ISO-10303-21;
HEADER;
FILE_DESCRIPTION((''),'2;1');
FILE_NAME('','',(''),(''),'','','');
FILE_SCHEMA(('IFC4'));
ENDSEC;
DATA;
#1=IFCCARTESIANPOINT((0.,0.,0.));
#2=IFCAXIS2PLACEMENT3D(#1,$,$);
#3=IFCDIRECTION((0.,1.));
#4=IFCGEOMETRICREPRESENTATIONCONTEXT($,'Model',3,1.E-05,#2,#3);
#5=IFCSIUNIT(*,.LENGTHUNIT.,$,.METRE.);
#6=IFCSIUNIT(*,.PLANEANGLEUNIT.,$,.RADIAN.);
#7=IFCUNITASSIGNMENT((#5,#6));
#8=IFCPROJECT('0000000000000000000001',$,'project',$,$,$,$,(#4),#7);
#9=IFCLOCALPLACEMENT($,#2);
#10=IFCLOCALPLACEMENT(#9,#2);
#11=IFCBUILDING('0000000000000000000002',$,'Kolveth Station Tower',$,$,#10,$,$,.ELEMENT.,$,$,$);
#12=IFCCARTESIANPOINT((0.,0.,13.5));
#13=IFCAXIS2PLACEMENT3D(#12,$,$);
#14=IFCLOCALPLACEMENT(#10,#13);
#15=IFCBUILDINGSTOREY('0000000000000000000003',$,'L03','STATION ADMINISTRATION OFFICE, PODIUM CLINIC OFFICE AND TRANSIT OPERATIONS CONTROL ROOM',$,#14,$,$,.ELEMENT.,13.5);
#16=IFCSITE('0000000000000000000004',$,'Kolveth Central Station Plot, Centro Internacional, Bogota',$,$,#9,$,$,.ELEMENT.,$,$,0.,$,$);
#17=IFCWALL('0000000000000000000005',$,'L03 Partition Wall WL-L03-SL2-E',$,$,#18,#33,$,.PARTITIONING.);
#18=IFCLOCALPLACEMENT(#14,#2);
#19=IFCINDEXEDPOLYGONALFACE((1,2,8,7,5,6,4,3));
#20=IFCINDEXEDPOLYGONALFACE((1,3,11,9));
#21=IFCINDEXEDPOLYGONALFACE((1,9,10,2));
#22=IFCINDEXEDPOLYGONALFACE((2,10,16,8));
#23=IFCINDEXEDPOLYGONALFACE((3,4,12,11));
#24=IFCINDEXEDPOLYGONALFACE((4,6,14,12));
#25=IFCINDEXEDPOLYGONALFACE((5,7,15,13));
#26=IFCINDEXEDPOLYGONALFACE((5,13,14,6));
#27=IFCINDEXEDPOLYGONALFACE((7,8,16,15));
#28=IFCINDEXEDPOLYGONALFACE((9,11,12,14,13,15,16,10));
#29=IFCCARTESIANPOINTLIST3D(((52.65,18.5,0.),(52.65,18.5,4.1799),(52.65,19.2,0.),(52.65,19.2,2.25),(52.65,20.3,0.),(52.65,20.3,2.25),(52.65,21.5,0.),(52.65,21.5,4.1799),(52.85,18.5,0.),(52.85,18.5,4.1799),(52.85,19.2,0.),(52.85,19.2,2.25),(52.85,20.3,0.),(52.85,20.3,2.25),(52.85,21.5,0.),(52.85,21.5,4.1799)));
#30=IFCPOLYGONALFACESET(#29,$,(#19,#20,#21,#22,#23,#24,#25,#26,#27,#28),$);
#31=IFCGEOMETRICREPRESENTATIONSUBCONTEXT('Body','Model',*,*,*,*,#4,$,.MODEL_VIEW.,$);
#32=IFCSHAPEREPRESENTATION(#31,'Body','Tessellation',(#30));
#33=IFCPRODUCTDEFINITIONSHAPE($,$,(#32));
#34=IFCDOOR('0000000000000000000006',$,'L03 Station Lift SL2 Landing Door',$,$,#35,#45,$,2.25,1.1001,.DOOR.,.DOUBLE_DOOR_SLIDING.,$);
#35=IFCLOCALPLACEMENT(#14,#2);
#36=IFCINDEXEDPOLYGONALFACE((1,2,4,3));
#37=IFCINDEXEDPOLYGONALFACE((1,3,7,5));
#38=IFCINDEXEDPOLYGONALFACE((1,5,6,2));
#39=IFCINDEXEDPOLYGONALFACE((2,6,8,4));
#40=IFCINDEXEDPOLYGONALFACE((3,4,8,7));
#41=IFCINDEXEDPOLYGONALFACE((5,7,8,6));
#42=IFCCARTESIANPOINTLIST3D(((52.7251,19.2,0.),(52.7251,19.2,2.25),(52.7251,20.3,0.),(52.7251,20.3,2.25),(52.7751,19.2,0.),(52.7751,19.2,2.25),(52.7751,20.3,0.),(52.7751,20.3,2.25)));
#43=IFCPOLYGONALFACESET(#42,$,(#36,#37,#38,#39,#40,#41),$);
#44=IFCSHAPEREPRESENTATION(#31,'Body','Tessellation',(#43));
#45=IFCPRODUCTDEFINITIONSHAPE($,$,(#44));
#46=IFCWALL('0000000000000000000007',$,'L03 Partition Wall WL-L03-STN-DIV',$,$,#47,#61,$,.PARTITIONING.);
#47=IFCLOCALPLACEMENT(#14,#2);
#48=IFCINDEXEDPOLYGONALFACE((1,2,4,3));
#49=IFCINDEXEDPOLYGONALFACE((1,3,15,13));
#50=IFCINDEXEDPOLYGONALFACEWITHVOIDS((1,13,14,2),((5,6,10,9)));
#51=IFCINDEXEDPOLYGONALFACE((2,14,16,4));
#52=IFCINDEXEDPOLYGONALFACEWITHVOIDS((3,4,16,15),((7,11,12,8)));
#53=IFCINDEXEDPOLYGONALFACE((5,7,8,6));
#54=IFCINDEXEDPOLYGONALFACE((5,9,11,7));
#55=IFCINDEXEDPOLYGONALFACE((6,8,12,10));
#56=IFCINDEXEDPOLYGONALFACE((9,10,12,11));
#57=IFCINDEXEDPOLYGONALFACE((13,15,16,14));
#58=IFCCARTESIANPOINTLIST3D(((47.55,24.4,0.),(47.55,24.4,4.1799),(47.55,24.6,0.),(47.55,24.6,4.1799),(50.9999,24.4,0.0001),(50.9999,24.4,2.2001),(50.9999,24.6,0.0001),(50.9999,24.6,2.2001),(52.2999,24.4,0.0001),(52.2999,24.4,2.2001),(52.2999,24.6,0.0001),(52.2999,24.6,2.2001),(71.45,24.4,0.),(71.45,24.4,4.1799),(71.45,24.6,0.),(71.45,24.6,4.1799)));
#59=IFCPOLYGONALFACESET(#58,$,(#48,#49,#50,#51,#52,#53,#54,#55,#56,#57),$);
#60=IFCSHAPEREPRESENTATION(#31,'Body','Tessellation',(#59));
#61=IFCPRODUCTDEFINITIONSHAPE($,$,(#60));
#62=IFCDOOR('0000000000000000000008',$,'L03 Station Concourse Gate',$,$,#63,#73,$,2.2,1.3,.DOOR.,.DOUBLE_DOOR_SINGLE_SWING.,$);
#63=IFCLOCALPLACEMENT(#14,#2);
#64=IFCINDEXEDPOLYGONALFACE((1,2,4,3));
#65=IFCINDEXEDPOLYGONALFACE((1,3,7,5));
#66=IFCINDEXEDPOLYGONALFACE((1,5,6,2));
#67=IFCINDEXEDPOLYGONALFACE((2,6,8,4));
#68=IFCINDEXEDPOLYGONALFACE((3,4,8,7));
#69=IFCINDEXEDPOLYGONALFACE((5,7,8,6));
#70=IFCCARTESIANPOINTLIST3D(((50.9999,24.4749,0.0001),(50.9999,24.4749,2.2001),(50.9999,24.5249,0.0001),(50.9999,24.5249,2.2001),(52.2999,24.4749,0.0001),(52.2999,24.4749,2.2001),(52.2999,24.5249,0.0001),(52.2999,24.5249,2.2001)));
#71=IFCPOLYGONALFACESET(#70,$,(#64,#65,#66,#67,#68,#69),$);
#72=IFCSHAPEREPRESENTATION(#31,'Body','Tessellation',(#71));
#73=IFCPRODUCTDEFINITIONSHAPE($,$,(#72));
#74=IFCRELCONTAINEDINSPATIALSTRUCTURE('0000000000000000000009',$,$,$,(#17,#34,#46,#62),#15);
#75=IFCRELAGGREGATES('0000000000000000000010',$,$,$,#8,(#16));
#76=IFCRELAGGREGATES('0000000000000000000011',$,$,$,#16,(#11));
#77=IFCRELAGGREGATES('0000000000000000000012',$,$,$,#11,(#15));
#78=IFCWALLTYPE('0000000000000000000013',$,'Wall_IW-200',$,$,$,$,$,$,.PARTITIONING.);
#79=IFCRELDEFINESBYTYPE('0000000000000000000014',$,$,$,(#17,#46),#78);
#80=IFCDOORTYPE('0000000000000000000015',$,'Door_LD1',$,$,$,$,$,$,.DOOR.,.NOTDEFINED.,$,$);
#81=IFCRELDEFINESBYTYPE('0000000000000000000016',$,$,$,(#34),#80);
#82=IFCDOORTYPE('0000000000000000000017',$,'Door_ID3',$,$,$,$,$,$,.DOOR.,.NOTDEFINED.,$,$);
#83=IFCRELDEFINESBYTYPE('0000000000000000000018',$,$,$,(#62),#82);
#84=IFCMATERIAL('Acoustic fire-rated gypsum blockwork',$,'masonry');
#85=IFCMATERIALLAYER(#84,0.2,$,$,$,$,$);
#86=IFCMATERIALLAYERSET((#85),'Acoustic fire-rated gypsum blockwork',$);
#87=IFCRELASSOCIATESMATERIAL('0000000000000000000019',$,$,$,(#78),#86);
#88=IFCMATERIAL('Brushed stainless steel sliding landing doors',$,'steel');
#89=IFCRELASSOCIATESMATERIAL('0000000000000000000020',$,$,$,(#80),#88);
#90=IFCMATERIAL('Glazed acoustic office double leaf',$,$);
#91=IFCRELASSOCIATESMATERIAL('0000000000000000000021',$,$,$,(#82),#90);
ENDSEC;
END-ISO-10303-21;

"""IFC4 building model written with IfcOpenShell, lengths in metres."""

from ifc_helpers import new_model, si_unit, direction, frame, frame_2d, origin, place, context, subcontext, project, spatial, rectangle, extrude, material, layer, layer_set, type_object, element, fill, save


model = new_model("IFC4")

# Units and contexts
model_context = context("Model", 3, precision=1e-05, world=origin(), true_north=direction((0.0, 1.0)))
body_context = subcontext(model_context, "Body", "Model", "MODEL_VIEW")
ifc_project = project(units=[si_unit("LENGTHUNIT", "METRE"), si_unit("PLANEANGLEUNIT", "RADIAN")], contexts=[model_context])

# Site, building, storey
site_placement = place(None, origin())
site = spatial("IfcSite", under=ifc_project, at=site_placement, Name="Kolveth Central Station Plot, Centro Internacional, Bogota", CompositionType="ELEMENT", RefElevation=0.0)
building_placement = place(site_placement, origin())
building = spatial("IfcBuilding", under=site, at=building_placement, Name="Kolveth Station Tower", CompositionType="ELEMENT")
storey_placement = place(building_placement, frame((0.0, 0.0, 13.5)))
storey = spatial("IfcBuildingStorey", under=building, at=storey_placement, Name="L03", Description="STATION ADMINISTRATION OFFICE, PODIUM CLINIC OFFICE AND TRANSIT OPERATIONS CONTROL ROOM", CompositionType="ELEMENT", Elevation=13.5)

# Shared definitions
ifc_material_1 = material(Name="Acoustic fire-rated gypsum blockwork", Category="masonry")
ifc_layer_1 = layer(ifc_material_1, 0.2)
ifc_layer_set_1 = layer_set([ifc_layer_1], Name="Acoustic fire-rated gypsum blockwork")
wall_type = type_object("IfcWallType", Name="Wall_IW-200", PredefinedType="PARTITIONING", material=ifc_layer_set_1)

# Walls, openings, doors
wall_1_placement = place(storey_placement, frame((52.75, 18.5, 0.0), z_axis=(0.0, 0.0, 1.0), x_axis=(0.0, 1.0, 0.0)))
wall_1 = element("IfcWall", 1, at=wall_1_placement, inside=storey, type_object=wall_type, Name="L03 Partition Wall WL-L03-SL2-E", PredefinedType="PARTITIONING", context=body_context, shape_type="SweptSolid", body=[
    extrude(rectangle(XDim=3.0, YDim=0.2, at=frame_2d((1.5, 0.0))), origin(), (0.0, 0.0, 1.0), 4.1799),
])
opening_1_placement = place(wall_1_placement, frame((0.7, 0.0, 0.0)))
opening_1 = element("IfcOpeningElement", 2, at=opening_1_placement, cuts=wall_1, PredefinedType="OPENING", context=body_context, shape_type="SweptSolid", body=[
    extrude(rectangle(XDim=1.1001, YDim=2.25, at=frame_2d((0.55, 1.125))), frame((0.0, 0.1099, 0.0), z_axis=(0.0, -1.0, 0.0), x_axis=(1.0, 0.0, 0.0)), (0.0, 0.0, 1.0), 0.22),
])
ifc_material_2 = material(Name="Brushed stainless steel sliding landing doors", Category="steel")
door_type_1 = type_object("IfcDoorType", Name="Door_LD1", OperationType="NOTDEFINED", PredefinedType="DOOR", material=ifc_material_2)
door_1_placement = place(opening_1_placement, origin())
door_1 = element("IfcDoor", 3, at=door_1_placement, inside=storey, type_object=door_type_1, Name="L03 Station Lift SL2 Landing Door", OperationType="DOUBLE_DOOR_SLIDING", OverallHeight=2.25, OverallWidth=1.1001, PredefinedType="DOOR", context=body_context, shape_type="SweptSolid", body=[
    extrude(rectangle(XDim=1.1001, YDim=2.25, at=frame_2d((0.55, 1.125))), frame((0.0, 0.0249, 0.0), z_axis=(0.0, -1.0, 0.0), x_axis=(1.0, 0.0, 0.0)), (0.0, 0.0, 1.0), 0.05),
])
fill(opening_1, door_1)
wall_2_placement = place(storey_placement, frame((47.55, 24.5, 0.0), z_axis=(0.0, 0.0, 1.0), x_axis=(1.0, 0.0, 0.0)))
wall_2 = element("IfcWall", 4, at=wall_2_placement, inside=storey, type_object=wall_type, Name="L03 Partition Wall WL-L03-STN-DIV", PredefinedType="PARTITIONING", context=body_context, shape_type="SweptSolid", body=[
    extrude(rectangle(XDim=23.8999, YDim=0.2, at=frame_2d((11.95, 0.0))), origin(), (0.0, 0.0, 1.0), 4.1799),
])
opening_2_placement = place(wall_2_placement, frame((3.45, 0.0, 0.0)))
opening_2 = element("IfcOpeningElement", 5, at=opening_2_placement, cuts=wall_2, PredefinedType="OPENING", context=body_context, shape_type="SweptSolid", body=[
    extrude(rectangle(XDim=1.3, YDim=2.2, at=frame_2d((0.6499, 1.1001))), frame((0.0, 0.1099, 0.0), z_axis=(0.0, -1.0, 0.0), x_axis=(1.0, 0.0, 0.0)), (0.0, 0.0, 1.0), 0.22),
])
ifc_material_3 = material(Name="Glazed acoustic office double leaf")
door_type_2 = type_object("IfcDoorType", Name="Door_ID3", OperationType="NOTDEFINED", PredefinedType="DOOR", material=ifc_material_3)
door_2_placement = place(opening_2_placement, origin())
door_2 = element("IfcDoor", 6, at=door_2_placement, inside=storey, type_object=door_type_2, Name="L03 Station Concourse Gate", OperationType="DOUBLE_DOOR_SINGLE_SWING", OverallHeight=2.2, OverallWidth=1.3, PredefinedType="DOOR", context=body_context, shape_type="SweptSolid", body=[
    extrude(rectangle(XDim=1.3, YDim=2.2, at=frame_2d((0.6499, 1.1001))), frame((0.0, 0.0249, 0.0), z_axis=(0.0, -1.0, 0.0), x_axis=(1.0, 0.0, 0.0)), (0.0, 0.0, 1.0), 0.05),
])
fill(opening_2, door_2)

save(model, "model.ifc")
